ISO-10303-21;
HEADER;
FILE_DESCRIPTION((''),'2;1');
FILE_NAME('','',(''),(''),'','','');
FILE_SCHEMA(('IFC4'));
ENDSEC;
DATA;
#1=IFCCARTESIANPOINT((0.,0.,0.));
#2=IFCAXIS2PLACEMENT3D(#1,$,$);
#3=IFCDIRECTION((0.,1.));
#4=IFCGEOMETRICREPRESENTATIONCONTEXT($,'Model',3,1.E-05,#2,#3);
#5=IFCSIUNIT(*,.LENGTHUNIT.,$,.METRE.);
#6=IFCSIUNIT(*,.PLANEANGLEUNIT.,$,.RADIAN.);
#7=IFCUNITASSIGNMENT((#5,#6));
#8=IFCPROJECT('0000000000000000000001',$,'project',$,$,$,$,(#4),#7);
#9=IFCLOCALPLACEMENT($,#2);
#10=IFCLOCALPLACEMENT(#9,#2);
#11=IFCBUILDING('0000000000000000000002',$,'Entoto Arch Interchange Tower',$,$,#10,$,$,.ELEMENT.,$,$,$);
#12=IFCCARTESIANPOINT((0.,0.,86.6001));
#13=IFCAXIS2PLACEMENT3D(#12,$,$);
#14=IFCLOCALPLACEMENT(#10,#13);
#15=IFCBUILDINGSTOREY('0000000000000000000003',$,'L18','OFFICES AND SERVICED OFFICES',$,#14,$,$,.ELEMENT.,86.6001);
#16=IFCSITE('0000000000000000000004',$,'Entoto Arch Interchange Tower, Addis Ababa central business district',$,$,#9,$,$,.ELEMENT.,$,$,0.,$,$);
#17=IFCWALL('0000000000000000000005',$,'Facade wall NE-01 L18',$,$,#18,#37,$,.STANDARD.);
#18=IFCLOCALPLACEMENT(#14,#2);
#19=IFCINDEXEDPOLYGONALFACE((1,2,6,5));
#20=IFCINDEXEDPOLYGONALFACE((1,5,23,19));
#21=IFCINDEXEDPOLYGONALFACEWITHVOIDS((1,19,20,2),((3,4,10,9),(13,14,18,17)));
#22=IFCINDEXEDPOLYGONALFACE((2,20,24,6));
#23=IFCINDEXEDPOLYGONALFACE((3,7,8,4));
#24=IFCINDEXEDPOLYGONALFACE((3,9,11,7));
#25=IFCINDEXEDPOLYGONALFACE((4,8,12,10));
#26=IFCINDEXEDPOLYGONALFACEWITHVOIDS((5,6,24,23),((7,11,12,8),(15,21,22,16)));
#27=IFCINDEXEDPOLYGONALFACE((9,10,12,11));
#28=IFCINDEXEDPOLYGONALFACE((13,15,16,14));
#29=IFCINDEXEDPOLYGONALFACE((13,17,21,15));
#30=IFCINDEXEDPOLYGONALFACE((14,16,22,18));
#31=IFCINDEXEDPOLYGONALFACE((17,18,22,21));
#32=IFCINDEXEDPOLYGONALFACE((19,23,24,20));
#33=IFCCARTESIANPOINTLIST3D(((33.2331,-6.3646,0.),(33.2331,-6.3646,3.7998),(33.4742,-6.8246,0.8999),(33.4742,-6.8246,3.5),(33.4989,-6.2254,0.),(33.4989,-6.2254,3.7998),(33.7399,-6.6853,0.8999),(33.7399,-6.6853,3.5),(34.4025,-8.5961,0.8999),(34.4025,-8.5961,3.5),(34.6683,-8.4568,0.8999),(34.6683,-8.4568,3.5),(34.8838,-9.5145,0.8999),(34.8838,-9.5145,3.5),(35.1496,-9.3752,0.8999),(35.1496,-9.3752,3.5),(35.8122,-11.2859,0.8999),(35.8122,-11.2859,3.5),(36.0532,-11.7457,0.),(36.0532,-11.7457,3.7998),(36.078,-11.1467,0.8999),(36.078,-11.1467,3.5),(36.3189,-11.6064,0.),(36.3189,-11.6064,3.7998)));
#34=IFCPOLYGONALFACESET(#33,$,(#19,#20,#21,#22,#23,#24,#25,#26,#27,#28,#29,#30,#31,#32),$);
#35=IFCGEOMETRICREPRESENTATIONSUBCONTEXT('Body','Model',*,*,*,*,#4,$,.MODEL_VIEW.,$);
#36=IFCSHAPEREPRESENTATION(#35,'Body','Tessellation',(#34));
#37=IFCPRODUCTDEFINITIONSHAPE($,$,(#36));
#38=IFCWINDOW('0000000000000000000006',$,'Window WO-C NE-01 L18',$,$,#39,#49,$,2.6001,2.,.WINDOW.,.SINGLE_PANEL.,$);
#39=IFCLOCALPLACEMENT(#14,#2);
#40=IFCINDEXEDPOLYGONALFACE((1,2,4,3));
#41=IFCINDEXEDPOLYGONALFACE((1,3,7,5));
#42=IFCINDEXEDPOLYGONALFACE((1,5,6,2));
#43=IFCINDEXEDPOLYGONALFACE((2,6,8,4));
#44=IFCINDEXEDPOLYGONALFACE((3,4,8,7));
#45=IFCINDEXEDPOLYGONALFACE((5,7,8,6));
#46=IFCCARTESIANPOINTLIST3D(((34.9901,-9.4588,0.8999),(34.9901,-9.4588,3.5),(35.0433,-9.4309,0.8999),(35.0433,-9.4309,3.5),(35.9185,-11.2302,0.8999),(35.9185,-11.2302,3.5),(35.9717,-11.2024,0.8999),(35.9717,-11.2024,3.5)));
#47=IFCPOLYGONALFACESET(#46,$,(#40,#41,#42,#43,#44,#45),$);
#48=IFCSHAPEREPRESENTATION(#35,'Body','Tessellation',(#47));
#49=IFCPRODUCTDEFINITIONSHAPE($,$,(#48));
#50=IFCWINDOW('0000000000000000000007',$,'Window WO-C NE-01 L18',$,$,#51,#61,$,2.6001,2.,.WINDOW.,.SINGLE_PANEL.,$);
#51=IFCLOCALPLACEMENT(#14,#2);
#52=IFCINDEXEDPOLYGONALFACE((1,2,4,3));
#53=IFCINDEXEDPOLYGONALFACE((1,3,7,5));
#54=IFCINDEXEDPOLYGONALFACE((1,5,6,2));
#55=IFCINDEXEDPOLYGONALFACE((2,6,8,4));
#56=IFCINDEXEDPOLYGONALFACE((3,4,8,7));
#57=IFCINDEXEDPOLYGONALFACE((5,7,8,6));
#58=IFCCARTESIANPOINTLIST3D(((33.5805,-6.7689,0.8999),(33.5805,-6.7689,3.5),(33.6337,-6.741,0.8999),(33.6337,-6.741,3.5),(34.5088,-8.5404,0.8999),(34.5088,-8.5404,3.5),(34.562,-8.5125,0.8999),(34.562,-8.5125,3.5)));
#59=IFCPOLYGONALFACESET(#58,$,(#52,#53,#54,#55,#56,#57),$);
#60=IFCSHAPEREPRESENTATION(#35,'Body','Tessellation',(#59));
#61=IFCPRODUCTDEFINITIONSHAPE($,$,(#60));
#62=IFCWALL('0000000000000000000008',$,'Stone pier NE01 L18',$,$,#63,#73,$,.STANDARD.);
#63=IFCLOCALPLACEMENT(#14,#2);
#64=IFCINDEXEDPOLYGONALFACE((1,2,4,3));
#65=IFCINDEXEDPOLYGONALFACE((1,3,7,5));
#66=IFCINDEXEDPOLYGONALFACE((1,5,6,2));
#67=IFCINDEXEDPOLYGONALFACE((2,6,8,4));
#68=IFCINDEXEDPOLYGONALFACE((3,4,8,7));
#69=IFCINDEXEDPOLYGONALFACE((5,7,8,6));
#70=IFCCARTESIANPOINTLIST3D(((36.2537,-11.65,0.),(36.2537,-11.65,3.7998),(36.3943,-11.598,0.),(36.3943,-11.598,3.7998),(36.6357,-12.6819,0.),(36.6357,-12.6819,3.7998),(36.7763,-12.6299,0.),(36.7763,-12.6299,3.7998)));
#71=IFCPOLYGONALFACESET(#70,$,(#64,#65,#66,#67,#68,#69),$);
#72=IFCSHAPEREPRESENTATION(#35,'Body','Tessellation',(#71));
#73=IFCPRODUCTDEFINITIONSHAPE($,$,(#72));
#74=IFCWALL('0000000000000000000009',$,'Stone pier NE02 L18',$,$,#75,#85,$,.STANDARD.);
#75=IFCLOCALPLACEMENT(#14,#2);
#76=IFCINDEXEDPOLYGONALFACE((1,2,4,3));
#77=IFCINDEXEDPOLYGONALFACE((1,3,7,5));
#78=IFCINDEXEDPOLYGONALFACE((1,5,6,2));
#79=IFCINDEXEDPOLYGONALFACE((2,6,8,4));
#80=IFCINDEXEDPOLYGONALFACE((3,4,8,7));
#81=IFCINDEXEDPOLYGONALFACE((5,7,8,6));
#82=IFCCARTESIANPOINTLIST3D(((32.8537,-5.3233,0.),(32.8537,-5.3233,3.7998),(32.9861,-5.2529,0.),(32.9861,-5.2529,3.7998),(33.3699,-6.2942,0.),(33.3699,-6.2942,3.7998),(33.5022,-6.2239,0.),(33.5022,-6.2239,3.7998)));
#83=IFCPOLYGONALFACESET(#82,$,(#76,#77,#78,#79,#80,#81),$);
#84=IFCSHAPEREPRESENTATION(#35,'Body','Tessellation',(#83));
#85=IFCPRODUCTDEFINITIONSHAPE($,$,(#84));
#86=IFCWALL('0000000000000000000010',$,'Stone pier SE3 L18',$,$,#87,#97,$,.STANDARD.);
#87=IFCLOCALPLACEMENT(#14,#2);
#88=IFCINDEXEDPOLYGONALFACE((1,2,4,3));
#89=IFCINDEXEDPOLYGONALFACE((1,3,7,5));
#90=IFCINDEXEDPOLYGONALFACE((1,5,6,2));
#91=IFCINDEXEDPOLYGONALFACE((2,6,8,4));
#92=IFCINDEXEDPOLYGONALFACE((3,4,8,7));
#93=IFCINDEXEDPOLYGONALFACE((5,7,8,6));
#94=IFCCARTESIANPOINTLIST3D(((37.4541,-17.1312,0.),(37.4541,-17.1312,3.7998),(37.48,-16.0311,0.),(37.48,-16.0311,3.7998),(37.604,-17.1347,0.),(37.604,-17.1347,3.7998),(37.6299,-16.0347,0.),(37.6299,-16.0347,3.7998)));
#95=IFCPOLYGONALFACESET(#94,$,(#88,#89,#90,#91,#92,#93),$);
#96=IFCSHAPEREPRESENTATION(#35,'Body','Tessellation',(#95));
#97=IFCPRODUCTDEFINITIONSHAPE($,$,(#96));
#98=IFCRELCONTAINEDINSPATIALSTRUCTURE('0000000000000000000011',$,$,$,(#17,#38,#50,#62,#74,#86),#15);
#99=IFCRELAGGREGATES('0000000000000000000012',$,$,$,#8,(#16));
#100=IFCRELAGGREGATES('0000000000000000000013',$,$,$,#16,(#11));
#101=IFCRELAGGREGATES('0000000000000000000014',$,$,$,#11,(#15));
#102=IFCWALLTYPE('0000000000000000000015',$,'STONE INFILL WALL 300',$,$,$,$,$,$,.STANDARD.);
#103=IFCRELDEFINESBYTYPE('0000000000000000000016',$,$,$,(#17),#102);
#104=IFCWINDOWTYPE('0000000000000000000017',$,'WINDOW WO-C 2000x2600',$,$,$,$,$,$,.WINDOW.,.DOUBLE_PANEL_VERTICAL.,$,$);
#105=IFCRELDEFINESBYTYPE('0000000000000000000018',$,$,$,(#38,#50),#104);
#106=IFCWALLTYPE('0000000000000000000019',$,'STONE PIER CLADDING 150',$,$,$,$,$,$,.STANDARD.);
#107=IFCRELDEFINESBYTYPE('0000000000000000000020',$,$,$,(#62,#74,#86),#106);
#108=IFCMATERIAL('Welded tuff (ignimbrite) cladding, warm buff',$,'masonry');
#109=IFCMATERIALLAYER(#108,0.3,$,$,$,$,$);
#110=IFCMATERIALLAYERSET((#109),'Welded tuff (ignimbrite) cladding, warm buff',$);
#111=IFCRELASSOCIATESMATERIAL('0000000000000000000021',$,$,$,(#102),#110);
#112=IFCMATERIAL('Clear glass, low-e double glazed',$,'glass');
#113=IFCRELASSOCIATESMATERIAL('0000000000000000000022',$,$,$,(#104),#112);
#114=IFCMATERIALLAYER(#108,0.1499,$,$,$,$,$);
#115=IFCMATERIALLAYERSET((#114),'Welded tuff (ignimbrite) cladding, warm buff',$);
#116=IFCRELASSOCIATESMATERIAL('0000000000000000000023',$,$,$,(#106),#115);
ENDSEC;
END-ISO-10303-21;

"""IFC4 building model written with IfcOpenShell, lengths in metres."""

from ifc_helpers import new_model, si_unit, direction, frame, frame_2d, origin, place, context, subcontext, project, spatial, rectangle, extrude, material, layer, layer_set, type_object, element, fill, save


model = new_model("IFC4")

# Units and contexts
model_context = context("Model", 3, precision=1e-05, world=origin(), true_north=direction((0.0, 1.0)))
body_context = subcontext(model_context, "Body", "Model", "MODEL_VIEW")
ifc_project = project(units=[si_unit("LENGTHUNIT", "METRE"), si_unit("PLANEANGLEUNIT", "RADIAN")], contexts=[model_context])

# Site, building, storey
site_placement = place(None, origin())
site = spatial("IfcSite", under=ifc_project, at=site_placement, Name="Entoto Arch Interchange Tower, Addis Ababa central business district", CompositionType="ELEMENT", RefElevation=0.0)
building_placement = place(site_placement, origin())
building = spatial("IfcBuilding", under=site, at=building_placement, Name="Entoto Arch Interchange Tower", CompositionType="ELEMENT")
storey_placement = place(building_placement, frame((0.0, 0.0, 86.6001)))
storey = spatial("IfcBuildingStorey", under=building, at=storey_placement, Name="L18", Description="OFFICES AND SERVICED OFFICES", CompositionType="ELEMENT", Elevation=86.6001)

# Shared definitions
ifc_material_1 = material(Name="Welded tuff (ignimbrite) cladding, warm buff", Category="masonry")
ifc_layer_1 = layer(ifc_material_1, 0.3)
ifc_layer_set_1 = layer_set([ifc_layer_1], Name="Welded tuff (ignimbrite) cladding, warm buff")
wall_type_1 = type_object("IfcWallType", Name="STONE INFILL WALL 300", PredefinedType="STANDARD", material=ifc_layer_set_1)
ifc_material_2 = material(Name="Clear glass, low-e double glazed", Category="glass")

# Wall, openings, windows
wall_1_placement = place(storey_placement, frame((36.186, -11.676, 0.0), z_axis=(0.0, 0.0, 1.0), x_axis=(-0.464187, 0.885737, 0.0)))
wall_1 = element("IfcWall", 1, at=wall_1_placement, inside=storey, type_object=wall_type_1, Name="Facade wall NE-01 L18", PredefinedType="STANDARD", context=body_context, shape_type="SweptSolid", body=[
    extrude(rectangle(XDim=6.0752, YDim=0.3, at=frame_2d((3.0376, 0.0))), origin(), (0.0, 0.0, 1.0), 3.7998),
])
opening_1_placement = place(wall_1_placement, frame((0.519, 0.0, 0.8999)))
opening_1 = element("IfcOpeningElement", 2, at=opening_1_placement, cuts=wall_1, PredefinedType="OPENING", context=body_context, shape_type="SweptSolid", body=[
    extrude(rectangle(XDim=2.0, YDim=2.6001, at=frame_2d((1.0, 1.3))), frame((0.0, 0.1602, 0.0), z_axis=(0.0, -1.0, 0.0), x_axis=(1.0, 0.0, 0.0)), (0.0, 0.0, 1.0), 0.3201),
])
opening_2_placement = place(wall_1_placement, frame((3.5559, 0.0, 0.8999)))
opening_2 = element("IfcOpeningElement", 3, at=opening_2_placement, cuts=wall_1, PredefinedType="OPENING", context=body_context, shape_type="SweptSolid", body=[
    extrude(rectangle(XDim=2.0, YDim=2.6001, at=frame_2d((1.0, 1.3))), frame((0.0, 0.1602, 0.0), z_axis=(0.0, -1.0, 0.0), x_axis=(1.0, 0.0, 0.0)), (0.0, 0.0, 1.0), 0.3201),
])
window_type_1 = type_object("IfcWindowType", Name="WINDOW WO-C 2000x2600", PartitioningType="DOUBLE_PANEL_VERTICAL", PredefinedType="WINDOW", material=ifc_material_2)
window_1_placement = place(opening_1_placement, origin())
window_1 = element("IfcWindow", 4, at=window_1_placement, inside=storey, type_object=window_type_1, Name="Window WO-C NE-01 L18", OverallHeight=2.6001, OverallWidth=2.0, PartitioningType="SINGLE_PANEL", PredefinedType="WINDOW", context=body_context, shape_type="SweptSolid", body=[
    extrude(rectangle(XDim=2.0, YDim=2.6001, at=frame_2d((1.0, 1.3))), frame((0.0, 0.03, 0.0), z_axis=(0.0, -1.0, 0.0), x_axis=(1.0, 0.0, 0.0)), (0.0, 0.0, 1.0), 0.0601),
])
fill(opening_1, window_1)
window_2_placement = place(opening_2_placement, origin())
window_2 = element("IfcWindow", 5, at=window_2_placement, inside=storey, type_object=window_type_1, Name="Window WO-C NE-01 L18", OverallHeight=2.6001, OverallWidth=2.0, PartitioningType="SINGLE_PANEL", PredefinedType="WINDOW", context=body_context, shape_type="SweptSolid", body=[
    extrude(rectangle(XDim=2.0, YDim=2.6001, at=frame_2d((1.0, 1.3))), frame((0.0, 0.03, 0.0), z_axis=(0.0, -1.0, 0.0), x_axis=(1.0, 0.0, 0.0)), (0.0, 0.0, 1.0), 0.0601),
])
fill(opening_2, window_2)

# Walls
ifc_layer_2 = layer(ifc_material_1, 0.1499)
ifc_layer_set_2 = layer_set([ifc_layer_2], Name="Welded tuff (ignimbrite) cladding, warm buff")
wall_type_2 = type_object("IfcWallType", Name="STONE PIER CLADDING 150", PredefinedType="STANDARD", material=ifc_layer_set_2)
wall_2_placement = place(storey_placement, frame((36.7061, -12.656, 0.0), z_axis=(0.0, 0.0, 1.0), x_axis=(-0.347206, 0.937789, 0.0)))
element("IfcWall", 6, at=wall_2_placement, inside=storey, type_object=wall_type_2, Name="Stone pier NE01 L18", PredefinedType="STANDARD", context=body_context, shape_type="SweptSolid", body=[
    extrude(rectangle(XDim=1.1003, YDim=0.1499, at=frame_2d((0.5503, 0.0))), origin(), (0.0, 0.0, 1.0), 3.7998),
])
wall_3_placement = place(storey_placement, frame((33.436, -6.259, 0.0), z_axis=(0.0, 0.0, 1.0), x_axis=(-0.469366, 0.883004, 0.0)))
element("IfcWall", 7, at=wall_3_placement, inside=storey, type_object=wall_type_2, Name="Stone pier NE02 L18", PredefinedType="STANDARD", context=body_context, shape_type="SweptSolid", body=[
    extrude(rectangle(XDim=1.0996, YDim=0.1499, at=frame_2d((0.5498, 0.0))), origin(), (0.0, 0.0, 1.0), 3.7998),
])
wall_4_placement = place(storey_placement, frame((37.5291, -17.1331, 0.0), z_axis=(0.0, 0.0, 1.0), x_axis=(0.023518, 0.999723, 0.0)))
element("IfcWall", 8, at=wall_4_placement, inside=storey, type_object=wall_type_2, Name="Stone pier SE3 L18", PredefinedType="STANDARD", context=body_context, shape_type="SweptSolid", body=[
    extrude(rectangle(XDim=1.1003, YDim=0.1499, at=frame_2d((0.5503, 0.0))), origin(), (0.0, 0.0, 1.0), 3.7998),
])

save(model, "model.ifc")
